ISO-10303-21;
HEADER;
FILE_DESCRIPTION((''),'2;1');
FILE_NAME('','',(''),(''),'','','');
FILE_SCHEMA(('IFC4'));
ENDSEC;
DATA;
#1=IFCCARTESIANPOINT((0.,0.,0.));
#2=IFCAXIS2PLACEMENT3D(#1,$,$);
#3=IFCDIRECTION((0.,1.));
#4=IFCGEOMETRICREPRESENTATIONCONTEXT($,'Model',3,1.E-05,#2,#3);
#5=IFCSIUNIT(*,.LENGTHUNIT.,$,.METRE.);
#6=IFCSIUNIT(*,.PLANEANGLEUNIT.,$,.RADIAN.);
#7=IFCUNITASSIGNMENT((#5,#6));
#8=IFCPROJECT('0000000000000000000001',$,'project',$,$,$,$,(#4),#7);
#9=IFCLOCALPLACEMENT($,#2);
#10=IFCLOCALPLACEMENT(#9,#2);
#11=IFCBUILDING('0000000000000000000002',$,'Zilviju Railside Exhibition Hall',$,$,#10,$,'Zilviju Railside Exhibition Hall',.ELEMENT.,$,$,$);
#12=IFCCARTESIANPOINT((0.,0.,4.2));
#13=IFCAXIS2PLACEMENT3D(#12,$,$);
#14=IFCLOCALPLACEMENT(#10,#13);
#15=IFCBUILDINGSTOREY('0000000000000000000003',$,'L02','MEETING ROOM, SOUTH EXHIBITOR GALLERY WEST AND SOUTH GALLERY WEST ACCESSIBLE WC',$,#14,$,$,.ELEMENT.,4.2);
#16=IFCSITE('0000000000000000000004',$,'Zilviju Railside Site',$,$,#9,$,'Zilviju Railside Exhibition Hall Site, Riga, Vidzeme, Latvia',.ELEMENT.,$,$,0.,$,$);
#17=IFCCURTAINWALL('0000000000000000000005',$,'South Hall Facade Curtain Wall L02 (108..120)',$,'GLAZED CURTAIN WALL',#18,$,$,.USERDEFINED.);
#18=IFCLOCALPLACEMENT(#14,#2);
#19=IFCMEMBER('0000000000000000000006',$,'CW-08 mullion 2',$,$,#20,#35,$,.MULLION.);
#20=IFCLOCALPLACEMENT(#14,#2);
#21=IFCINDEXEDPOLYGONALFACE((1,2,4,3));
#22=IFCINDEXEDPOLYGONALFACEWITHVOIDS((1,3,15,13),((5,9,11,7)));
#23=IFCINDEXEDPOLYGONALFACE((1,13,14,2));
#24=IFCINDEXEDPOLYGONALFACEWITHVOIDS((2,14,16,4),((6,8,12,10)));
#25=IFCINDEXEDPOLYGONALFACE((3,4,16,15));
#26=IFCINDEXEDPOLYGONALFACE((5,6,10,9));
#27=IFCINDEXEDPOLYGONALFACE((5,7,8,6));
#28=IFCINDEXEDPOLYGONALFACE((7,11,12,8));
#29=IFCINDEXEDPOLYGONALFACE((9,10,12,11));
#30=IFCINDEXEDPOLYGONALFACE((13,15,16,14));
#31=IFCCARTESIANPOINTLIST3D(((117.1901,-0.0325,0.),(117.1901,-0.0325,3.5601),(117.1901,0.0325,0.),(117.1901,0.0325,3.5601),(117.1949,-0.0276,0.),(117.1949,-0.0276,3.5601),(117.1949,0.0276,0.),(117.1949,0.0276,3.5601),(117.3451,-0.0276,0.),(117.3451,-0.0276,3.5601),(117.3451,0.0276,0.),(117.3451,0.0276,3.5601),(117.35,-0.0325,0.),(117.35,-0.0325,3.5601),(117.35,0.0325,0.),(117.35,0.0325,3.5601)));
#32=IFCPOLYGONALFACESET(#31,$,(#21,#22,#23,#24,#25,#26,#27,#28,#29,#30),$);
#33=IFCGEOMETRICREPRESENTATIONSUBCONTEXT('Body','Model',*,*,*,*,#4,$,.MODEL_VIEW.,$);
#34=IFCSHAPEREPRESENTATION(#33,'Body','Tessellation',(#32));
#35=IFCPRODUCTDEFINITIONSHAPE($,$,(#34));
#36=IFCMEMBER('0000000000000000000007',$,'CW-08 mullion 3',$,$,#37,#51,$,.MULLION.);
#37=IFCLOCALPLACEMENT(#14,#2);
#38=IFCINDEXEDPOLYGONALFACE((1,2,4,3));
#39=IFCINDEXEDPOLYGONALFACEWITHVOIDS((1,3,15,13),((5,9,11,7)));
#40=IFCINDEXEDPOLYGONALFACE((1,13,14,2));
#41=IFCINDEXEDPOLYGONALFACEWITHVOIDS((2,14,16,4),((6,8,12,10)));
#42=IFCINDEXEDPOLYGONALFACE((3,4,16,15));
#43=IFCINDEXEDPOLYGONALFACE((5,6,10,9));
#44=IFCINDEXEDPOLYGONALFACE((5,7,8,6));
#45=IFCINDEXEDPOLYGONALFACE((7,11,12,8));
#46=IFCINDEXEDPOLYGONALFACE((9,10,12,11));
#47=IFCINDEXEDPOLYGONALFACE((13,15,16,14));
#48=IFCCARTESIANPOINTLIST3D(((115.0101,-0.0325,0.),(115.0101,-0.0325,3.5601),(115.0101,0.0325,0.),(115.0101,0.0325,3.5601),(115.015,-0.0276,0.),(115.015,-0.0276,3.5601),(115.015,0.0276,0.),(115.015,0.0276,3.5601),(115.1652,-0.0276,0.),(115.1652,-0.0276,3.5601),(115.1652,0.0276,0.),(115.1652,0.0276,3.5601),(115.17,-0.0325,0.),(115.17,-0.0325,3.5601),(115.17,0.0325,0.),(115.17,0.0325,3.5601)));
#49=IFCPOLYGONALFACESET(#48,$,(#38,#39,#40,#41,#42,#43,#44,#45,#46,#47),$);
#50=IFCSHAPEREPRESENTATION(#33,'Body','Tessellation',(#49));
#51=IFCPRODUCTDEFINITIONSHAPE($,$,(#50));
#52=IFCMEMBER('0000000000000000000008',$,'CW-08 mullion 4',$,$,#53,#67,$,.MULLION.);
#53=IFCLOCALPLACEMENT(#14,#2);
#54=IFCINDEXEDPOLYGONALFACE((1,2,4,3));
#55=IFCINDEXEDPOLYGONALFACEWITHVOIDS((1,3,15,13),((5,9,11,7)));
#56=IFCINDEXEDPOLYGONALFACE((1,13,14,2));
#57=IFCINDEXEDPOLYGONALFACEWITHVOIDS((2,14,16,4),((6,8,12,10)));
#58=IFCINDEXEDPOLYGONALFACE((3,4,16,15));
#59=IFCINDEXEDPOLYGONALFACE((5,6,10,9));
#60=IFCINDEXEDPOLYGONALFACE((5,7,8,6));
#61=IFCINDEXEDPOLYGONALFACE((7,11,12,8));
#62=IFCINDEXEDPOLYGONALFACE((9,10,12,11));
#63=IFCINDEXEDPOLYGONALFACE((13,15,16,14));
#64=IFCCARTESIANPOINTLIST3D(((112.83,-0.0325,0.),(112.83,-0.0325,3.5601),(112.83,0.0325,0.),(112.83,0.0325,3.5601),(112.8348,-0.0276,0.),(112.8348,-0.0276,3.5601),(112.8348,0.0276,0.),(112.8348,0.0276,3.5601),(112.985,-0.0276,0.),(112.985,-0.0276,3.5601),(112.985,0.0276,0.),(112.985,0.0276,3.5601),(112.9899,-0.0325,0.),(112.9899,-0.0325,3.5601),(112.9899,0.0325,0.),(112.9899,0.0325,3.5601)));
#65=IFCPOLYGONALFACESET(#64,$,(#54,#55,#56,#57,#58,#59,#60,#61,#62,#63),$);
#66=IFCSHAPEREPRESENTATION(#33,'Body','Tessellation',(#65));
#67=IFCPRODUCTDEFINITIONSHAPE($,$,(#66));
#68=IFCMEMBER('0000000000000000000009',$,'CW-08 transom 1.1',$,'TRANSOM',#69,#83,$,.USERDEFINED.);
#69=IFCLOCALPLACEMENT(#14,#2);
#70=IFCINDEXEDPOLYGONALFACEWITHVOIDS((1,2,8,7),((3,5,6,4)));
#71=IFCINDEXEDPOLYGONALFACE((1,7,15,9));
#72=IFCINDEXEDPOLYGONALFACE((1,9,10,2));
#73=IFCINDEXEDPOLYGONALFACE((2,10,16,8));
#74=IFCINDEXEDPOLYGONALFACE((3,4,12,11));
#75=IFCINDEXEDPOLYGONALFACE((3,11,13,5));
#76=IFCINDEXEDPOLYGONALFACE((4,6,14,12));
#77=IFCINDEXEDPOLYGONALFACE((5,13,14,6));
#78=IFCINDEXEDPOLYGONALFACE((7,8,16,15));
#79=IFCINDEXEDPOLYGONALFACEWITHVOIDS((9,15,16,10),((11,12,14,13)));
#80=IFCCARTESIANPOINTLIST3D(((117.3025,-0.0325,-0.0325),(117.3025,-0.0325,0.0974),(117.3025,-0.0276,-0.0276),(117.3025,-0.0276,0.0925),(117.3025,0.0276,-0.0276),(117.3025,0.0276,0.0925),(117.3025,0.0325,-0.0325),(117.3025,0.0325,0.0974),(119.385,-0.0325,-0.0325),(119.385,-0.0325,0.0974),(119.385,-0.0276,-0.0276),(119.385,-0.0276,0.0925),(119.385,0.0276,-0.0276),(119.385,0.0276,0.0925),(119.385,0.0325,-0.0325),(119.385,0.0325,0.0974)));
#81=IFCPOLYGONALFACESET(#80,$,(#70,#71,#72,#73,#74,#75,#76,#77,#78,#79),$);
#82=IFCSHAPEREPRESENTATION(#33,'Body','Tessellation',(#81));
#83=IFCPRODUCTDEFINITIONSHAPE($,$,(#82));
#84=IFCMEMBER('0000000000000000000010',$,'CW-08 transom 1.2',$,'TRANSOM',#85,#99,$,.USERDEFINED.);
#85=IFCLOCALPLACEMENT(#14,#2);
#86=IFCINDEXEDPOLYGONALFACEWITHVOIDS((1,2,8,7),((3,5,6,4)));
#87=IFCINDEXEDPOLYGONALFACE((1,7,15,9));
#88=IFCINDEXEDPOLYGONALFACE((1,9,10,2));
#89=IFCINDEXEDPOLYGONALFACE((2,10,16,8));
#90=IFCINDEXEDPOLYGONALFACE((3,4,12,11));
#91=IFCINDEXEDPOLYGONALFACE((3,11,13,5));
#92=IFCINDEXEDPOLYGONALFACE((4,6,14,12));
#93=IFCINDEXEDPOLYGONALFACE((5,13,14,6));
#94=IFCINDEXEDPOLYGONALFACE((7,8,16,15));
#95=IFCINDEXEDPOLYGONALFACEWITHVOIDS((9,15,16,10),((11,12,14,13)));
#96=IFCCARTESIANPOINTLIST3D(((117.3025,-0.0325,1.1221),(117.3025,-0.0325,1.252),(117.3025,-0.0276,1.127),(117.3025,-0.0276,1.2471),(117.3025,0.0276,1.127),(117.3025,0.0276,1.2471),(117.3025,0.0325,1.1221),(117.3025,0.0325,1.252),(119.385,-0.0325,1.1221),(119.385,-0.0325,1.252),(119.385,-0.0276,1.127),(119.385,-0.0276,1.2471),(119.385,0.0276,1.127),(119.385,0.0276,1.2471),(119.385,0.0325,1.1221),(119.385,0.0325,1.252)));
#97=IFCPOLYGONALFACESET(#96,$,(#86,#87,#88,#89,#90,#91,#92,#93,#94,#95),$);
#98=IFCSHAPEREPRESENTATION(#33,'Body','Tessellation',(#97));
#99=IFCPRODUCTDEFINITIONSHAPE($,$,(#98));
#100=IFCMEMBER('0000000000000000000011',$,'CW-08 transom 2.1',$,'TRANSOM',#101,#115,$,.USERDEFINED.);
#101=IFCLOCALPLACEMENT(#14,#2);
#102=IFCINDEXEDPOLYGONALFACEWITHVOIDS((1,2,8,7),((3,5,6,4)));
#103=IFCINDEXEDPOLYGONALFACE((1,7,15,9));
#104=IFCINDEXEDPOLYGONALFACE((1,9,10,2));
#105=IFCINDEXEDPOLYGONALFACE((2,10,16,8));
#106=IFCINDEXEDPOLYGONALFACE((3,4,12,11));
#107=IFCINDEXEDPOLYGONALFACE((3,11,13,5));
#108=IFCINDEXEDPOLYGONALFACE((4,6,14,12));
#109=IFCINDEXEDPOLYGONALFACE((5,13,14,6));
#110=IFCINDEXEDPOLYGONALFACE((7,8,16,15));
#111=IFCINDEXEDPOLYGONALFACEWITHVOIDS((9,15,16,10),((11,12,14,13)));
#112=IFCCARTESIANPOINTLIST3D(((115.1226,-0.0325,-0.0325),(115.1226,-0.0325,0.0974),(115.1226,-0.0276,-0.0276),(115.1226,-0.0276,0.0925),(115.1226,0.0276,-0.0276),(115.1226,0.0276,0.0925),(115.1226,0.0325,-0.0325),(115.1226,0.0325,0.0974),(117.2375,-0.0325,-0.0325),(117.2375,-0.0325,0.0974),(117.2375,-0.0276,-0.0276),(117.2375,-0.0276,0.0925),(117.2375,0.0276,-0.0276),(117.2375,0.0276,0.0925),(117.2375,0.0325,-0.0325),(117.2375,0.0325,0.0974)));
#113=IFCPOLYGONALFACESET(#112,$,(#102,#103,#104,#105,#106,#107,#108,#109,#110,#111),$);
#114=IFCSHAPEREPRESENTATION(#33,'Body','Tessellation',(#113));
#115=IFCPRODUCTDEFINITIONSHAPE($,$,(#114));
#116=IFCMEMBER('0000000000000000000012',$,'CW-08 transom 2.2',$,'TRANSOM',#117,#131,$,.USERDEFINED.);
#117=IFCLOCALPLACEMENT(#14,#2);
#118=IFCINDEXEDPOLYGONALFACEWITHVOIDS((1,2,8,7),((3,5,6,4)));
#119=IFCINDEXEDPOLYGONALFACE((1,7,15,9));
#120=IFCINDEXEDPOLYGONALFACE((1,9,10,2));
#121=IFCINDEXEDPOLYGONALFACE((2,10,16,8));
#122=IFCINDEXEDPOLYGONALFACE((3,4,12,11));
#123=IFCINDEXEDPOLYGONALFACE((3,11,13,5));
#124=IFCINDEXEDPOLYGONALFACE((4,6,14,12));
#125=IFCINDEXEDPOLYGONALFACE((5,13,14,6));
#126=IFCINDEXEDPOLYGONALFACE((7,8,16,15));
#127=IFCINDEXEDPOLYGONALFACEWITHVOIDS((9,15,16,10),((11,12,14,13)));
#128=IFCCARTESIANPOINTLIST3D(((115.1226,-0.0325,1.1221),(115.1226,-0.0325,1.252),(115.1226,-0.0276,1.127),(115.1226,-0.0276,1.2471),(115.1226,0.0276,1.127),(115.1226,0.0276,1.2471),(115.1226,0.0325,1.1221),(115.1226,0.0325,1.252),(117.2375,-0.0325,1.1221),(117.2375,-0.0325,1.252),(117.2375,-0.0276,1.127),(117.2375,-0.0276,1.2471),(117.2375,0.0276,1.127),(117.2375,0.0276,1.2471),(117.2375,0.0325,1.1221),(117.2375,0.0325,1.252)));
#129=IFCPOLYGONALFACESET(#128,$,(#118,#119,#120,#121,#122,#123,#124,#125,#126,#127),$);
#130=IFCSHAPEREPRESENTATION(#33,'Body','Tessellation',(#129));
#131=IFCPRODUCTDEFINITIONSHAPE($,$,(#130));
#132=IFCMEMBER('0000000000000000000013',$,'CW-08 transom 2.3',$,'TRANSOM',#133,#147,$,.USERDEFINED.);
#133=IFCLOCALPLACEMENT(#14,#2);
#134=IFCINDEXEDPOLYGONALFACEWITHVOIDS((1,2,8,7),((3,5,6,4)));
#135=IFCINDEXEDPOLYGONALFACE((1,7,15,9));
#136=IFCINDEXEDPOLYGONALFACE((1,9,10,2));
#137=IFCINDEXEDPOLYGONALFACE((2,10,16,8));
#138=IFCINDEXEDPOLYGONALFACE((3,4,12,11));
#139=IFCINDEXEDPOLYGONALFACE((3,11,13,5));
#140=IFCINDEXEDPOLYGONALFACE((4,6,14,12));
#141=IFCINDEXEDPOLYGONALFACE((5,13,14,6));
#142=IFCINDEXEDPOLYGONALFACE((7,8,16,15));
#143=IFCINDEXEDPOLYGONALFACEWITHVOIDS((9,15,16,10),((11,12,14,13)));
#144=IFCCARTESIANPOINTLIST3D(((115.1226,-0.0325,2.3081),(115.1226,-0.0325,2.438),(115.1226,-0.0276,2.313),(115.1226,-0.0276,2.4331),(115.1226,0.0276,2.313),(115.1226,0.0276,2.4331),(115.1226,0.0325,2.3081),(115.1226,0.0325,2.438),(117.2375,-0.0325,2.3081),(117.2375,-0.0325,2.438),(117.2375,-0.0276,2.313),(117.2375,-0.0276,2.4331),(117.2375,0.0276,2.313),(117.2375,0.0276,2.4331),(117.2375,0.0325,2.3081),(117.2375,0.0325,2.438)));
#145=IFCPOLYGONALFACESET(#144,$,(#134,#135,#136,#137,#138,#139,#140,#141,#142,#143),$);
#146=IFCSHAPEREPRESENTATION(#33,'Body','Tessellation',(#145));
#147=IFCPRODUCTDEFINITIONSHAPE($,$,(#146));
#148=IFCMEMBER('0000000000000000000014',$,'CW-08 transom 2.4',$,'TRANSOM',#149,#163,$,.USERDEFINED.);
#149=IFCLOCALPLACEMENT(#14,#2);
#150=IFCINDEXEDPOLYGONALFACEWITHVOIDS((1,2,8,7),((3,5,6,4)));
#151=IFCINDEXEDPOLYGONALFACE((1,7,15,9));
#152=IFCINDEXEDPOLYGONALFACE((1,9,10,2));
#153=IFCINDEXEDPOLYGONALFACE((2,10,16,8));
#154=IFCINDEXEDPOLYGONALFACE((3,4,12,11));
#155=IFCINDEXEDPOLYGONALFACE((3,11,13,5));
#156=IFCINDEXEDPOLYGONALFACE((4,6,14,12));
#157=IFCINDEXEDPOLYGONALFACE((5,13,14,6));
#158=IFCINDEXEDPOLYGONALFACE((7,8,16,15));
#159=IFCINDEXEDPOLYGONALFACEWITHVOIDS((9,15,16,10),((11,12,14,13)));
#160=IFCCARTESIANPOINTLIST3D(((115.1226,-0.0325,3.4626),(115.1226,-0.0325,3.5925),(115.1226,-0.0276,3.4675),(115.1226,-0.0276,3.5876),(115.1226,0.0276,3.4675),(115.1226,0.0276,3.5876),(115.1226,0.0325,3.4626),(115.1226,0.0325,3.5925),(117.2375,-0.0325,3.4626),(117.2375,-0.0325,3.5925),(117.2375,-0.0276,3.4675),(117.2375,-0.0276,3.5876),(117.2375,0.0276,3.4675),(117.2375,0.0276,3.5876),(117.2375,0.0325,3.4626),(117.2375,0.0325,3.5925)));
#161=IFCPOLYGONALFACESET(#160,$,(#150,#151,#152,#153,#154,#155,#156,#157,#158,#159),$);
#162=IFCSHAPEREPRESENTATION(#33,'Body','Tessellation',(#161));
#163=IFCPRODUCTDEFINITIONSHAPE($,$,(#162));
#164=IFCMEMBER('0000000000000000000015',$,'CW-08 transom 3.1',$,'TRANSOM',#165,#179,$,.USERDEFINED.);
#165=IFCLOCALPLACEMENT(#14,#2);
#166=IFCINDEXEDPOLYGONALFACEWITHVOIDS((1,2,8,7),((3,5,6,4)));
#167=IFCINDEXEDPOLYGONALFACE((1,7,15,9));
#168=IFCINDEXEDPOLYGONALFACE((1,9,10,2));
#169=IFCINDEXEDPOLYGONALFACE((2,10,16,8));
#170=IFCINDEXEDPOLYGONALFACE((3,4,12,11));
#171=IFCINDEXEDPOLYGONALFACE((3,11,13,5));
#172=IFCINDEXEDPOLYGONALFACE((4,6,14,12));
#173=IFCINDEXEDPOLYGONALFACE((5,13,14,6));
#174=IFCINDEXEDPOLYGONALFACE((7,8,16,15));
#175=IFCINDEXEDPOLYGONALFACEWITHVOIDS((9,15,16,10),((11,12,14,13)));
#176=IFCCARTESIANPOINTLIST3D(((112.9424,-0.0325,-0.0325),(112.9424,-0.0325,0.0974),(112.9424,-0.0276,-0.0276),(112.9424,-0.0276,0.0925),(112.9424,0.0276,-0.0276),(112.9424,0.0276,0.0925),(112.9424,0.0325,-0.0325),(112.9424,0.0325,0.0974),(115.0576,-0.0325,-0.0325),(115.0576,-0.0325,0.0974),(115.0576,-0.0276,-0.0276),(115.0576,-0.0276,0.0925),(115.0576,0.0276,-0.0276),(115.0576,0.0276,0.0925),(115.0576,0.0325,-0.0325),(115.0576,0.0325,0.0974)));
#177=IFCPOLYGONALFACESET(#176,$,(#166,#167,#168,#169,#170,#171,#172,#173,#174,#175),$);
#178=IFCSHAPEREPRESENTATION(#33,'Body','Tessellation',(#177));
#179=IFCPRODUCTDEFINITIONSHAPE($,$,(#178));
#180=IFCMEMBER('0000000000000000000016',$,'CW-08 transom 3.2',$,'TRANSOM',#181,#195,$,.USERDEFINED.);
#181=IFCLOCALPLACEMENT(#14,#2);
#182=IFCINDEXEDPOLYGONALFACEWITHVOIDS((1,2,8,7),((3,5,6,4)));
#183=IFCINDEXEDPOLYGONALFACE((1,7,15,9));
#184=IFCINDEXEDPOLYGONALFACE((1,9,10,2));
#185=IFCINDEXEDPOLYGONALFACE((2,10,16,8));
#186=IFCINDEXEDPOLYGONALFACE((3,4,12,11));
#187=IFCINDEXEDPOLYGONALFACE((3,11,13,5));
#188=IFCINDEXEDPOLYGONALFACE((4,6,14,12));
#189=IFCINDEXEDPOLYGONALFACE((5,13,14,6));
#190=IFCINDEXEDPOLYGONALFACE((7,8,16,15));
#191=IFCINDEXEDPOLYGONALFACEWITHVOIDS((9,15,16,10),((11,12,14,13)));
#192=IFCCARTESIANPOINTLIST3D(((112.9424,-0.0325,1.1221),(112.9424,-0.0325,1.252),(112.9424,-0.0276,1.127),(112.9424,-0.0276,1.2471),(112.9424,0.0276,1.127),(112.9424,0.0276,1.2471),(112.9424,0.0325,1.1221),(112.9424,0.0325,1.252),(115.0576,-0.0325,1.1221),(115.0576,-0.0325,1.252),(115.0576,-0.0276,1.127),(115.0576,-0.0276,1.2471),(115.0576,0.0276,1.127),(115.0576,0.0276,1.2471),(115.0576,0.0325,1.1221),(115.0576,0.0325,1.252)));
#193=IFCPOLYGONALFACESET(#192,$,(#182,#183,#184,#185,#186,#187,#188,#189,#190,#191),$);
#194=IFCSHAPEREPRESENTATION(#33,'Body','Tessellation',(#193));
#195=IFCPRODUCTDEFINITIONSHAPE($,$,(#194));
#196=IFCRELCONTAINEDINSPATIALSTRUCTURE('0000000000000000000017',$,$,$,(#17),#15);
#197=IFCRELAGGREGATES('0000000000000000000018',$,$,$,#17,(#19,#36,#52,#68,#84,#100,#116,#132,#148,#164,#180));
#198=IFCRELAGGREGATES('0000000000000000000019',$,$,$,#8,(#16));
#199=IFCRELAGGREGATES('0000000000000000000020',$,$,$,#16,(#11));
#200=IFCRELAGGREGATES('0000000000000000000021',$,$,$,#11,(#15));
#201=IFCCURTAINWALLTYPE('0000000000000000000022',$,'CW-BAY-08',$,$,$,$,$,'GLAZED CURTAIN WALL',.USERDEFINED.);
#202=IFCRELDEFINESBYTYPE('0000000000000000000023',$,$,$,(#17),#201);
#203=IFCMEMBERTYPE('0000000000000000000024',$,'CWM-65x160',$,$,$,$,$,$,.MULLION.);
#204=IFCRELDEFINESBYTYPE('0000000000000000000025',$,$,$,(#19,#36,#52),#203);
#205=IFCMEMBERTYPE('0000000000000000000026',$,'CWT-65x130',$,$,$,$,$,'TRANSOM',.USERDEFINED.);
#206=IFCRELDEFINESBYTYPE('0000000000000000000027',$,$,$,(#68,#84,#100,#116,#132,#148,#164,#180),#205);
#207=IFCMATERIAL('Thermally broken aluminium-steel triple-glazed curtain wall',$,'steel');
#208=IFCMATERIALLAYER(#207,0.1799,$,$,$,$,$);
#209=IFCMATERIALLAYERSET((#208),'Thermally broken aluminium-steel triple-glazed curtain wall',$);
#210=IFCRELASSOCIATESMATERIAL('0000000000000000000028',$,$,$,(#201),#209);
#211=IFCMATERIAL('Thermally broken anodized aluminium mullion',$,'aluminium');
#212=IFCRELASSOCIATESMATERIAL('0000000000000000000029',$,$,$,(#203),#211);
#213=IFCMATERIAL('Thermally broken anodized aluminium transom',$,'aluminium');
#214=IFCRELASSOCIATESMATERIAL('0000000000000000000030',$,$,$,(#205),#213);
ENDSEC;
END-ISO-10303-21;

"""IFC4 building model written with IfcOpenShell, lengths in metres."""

from ifc_helpers import new_model, si_unit, direction, frame, origin, origin_2d, place, context, subcontext, project, spatial, hollow_rectangle, extrude, material, layer, layer_set, material_profile, profile_set, type_object, element, aggregate, save


model = new_model("IFC4")

# Units and contexts
model_context = context("Model", 3, precision=1e-05, world=origin(), true_north=direction((0.0, 1.0)))
body_context = subcontext(model_context, "Body", "Model", "MODEL_VIEW")
ifc_project = project(units=[si_unit("LENGTHUNIT", "METRE"), si_unit("PLANEANGLEUNIT", "RADIAN")], contexts=[model_context])

# Site, building, storey
site_placement = place(None, origin())
site = spatial("IfcSite", under=ifc_project, at=site_placement, Name="Zilviju Railside Site", LongName="Zilviju Railside Exhibition Hall Site, Riga, Vidzeme, Latvia", CompositionType="ELEMENT", RefElevation=0.0)
building_placement = place(site_placement, origin())
building = spatial("IfcBuilding", under=site, at=building_placement, Name="Zilviju Railside Exhibition Hall", LongName="Zilviju Railside Exhibition Hall", CompositionType="ELEMENT")
storey_placement = place(building_placement, frame((0.0, 0.0, 4.2)))
storey = spatial("IfcBuildingStorey", under=building, at=storey_placement, Name="L02", Description="MEETING ROOM, SOUTH EXHIBITOR GALLERY WEST AND SOUTH GALLERY WEST ACCESSIBLE WC", CompositionType="ELEMENT", Elevation=4.2)

# Curtain wall, members
ifc_material_1 = material(Name="Thermally broken aluminium-steel triple-glazed curtain wall", Category="steel")
ifc_layer_1 = layer(ifc_material_1, 0.1799)
ifc_layer_set_1 = layer_set([ifc_layer_1], Name="Thermally broken aluminium-steel triple-glazed curtain wall")
curtain_wall_type = type_object("IfcCurtainWallType", Name="CW-BAY-08", ElementType="GLAZED CURTAIN WALL", PredefinedType="USERDEFINED", material=ifc_layer_set_1)
curtain_wall_placement = place(storey_placement, origin())
curtain_wall = element("IfcCurtainWall", 1, at=curtain_wall_placement, inside=storey, type_object=curtain_wall_type, Name="South Hall Facade Curtain Wall L02 (108..120)", ObjectType="GLAZED CURTAIN WALL", PredefinedType="USERDEFINED")
ifc_material_2 = material(Name="Thermally broken anodized aluminium mullion", Category="aluminium")
ifc_material_profile_1 = material_profile(ifc_material_2, hollow_rectangle(XDim=0.0649, YDim=0.1599, WallThickness=0.0049, at=origin_2d()), Name="MULLION 160x65x5")
ifc_profile_set_1 = profile_set([ifc_material_profile_1], Name="Thermally broken anodized aluminium mullion")
member_type_1 = type_object("IfcMemberType", Name="CWM-65x160", PredefinedType="MULLION", material=ifc_profile_set_1)
member_1_placement = place(storey_placement, frame((117.27, 0.0, 0.0), z_axis=(0.0, 0.0, 1.0), x_axis=(0.0, -1.0, 0.0)))
member_1 = element("IfcMember", 2, at=member_1_placement, type_object=member_type_1, Name="CW-08 mullion 2", PredefinedType="MULLION", context=body_context, shape_type="SweptSolid", body=[
    extrude(hollow_rectangle(XDim=0.0649, YDim=0.1599, WallThickness=0.0049, at=origin_2d()), origin(), (0.0, 0.0, 1.0), 3.5601),
])
member_2_placement = place(storey_placement, frame((115.0901, 0.0, 0.0), z_axis=(0.0, 0.0, 1.0), x_axis=(0.0, -1.0, 0.0)))
member_2 = element("IfcMember", 3, at=member_2_placement, type_object=member_type_1, Name="CW-08 mullion 3", PredefinedType="MULLION", context=body_context, shape_type="SweptSolid", body=[
    extrude(hollow_rectangle(XDim=0.0649, YDim=0.1599, WallThickness=0.0049, at=origin_2d()), origin(), (0.0, 0.0, 1.0), 3.5601),
])
member_3_placement = place(storey_placement, frame((112.9099, 0.0, 0.0), z_axis=(0.0, 0.0, 1.0), x_axis=(0.0, -1.0, 0.0)))
member_3 = element("IfcMember", 4, at=member_3_placement, type_object=member_type_1, Name="CW-08 mullion 4", PredefinedType="MULLION", context=body_context, shape_type="SweptSolid", body=[
    extrude(hollow_rectangle(XDim=0.0649, YDim=0.1599, WallThickness=0.0049, at=origin_2d()), origin(), (0.0, 0.0, 1.0), 3.5601),
])
ifc_material_3 = material(Name="Thermally broken anodized aluminium transom", Category="aluminium")
ifc_material_profile_2 = material_profile(ifc_material_3, hollow_rectangle(XDim=0.0649, YDim=0.1299, WallThickness=0.0049, at=origin_2d()), Name="TRANSOM 130x65x5")
ifc_profile_set_2 = profile_set([ifc_material_profile_2], Name="Thermally broken anodized aluminium transom")
member_type_2 = type_object("IfcMemberType", Name="CWT-65x130", ElementType="TRANSOM", PredefinedType="USERDEFINED", material=ifc_profile_set_2)
member_4_placement = place(storey_placement, frame((119.385, 0.0, 0.0325), z_axis=(-1.0, 0.0, 0.0), x_axis=(0.0, -1.0, 0.0)))
member_4 = element("IfcMember", 5, at=member_4_placement, type_object=member_type_2, Name="CW-08 transom 1.1", ObjectType="TRANSOM", PredefinedType="USERDEFINED", context=body_context, shape_type="SweptSolid", body=[
    extrude(hollow_rectangle(XDim=0.0649, YDim=0.1299, WallThickness=0.0049, at=origin_2d()), origin(), (0.0, 0.0, 1.0), 2.0825),
])
member_5_placement = place(storey_placement, frame((119.385, 0.0, 1.187), z_axis=(-1.0, 0.0, 0.0), x_axis=(0.0, -1.0, 0.0)))
member_5 = element("IfcMember", 6, at=member_5_placement, type_object=member_type_2, Name="CW-08 transom 1.2", ObjectType="TRANSOM", PredefinedType="USERDEFINED", context=body_context, shape_type="SweptSolid", body=[
    extrude(hollow_rectangle(XDim=0.0649, YDim=0.1299, WallThickness=0.0049, at=origin_2d()), origin(), (0.0, 0.0, 1.0), 2.0825),
])
member_6_placement = place(storey_placement, frame((117.2375, 0.0, 0.0325), z_axis=(-1.0, 0.0, 0.0), x_axis=(0.0, -1.0, 0.0)))
member_6 = element("IfcMember", 7, at=member_6_placement, type_object=member_type_2, Name="CW-08 transom 2.1", ObjectType="TRANSOM", PredefinedType="USERDEFINED", context=body_context, shape_type="SweptSolid", body=[
    extrude(hollow_rectangle(XDim=0.0649, YDim=0.1299, WallThickness=0.0049, at=origin_2d()), origin(), (0.0, 0.0, 1.0), 2.115),
])
member_7_placement = place(storey_placement, frame((117.2375, 0.0, 1.187), z_axis=(-1.0, 0.0, 0.0), x_axis=(0.0, -1.0, 0.0)))
member_7 = element("IfcMember", 8, at=member_7_placement, type_object=member_type_2, Name="CW-08 transom 2.2", ObjectType="TRANSOM", PredefinedType="USERDEFINED", context=body_context, shape_type="SweptSolid", body=[
    extrude(hollow_rectangle(XDim=0.0649, YDim=0.1299, WallThickness=0.0049, at=origin_2d()), origin(), (0.0, 0.0, 1.0), 2.115),
])
member_8_placement = place(storey_placement, frame((117.2375, 0.0, 2.373), z_axis=(-1.0, 0.0, 0.0), x_axis=(0.0, -1.0, 0.0)))
member_8 = element("IfcMember", 9, at=member_8_placement, type_object=member_type_2, Name="CW-08 transom 2.3", ObjectType="TRANSOM", PredefinedType="USERDEFINED", context=body_context, shape_type="SweptSolid", body=[
    extrude(hollow_rectangle(XDim=0.0649, YDim=0.1299, WallThickness=0.0049, at=origin_2d()), origin(), (0.0, 0.0, 1.0), 2.115),
])
member_9_placement = place(storey_placement, frame((117.2375, 0.0, 3.5276), z_axis=(-1.0, 0.0, 0.0), x_axis=(0.0, -1.0, 0.0)))
member_9 = element("IfcMember", 10, at=member_9_placement, type_object=member_type_2, Name="CW-08 transom 2.4", ObjectType="TRANSOM", PredefinedType="USERDEFINED", context=body_context, shape_type="SweptSolid", body=[
    extrude(hollow_rectangle(XDim=0.0649, YDim=0.1299, WallThickness=0.0049, at=origin_2d()), origin(), (0.0, 0.0, 1.0), 2.115),
])
member_10_placement = place(storey_placement, frame((115.0576, 0.0, 0.0325), z_axis=(-1.0, 0.0, 0.0), x_axis=(0.0, -1.0, 0.0)))
member_10 = element("IfcMember", 11, at=member_10_placement, type_object=member_type_2, Name="CW-08 transom 3.1", ObjectType="TRANSOM", PredefinedType="USERDEFINED", context=body_context, shape_type="SweptSolid", body=[
    extrude(hollow_rectangle(XDim=0.0649, YDim=0.1299, WallThickness=0.0049, at=origin_2d()), origin(), (0.0, 0.0, 1.0), 2.1152),
])
member_11_placement = place(storey_placement, frame((115.0576, 0.0, 1.187), z_axis=(-1.0, 0.0, 0.0), x_axis=(0.0, -1.0, 0.0)))
member_11 = element("IfcMember", 12, at=member_11_placement, type_object=member_type_2, Name="CW-08 transom 3.2", ObjectType="TRANSOM", PredefinedType="USERDEFINED", context=body_context, shape_type="SweptSolid", body=[
    extrude(hollow_rectangle(XDim=0.0649, YDim=0.1299, WallThickness=0.0049, at=origin_2d()), origin(), (0.0, 0.0, 1.0), 2.1152),
])
aggregate(curtain_wall, [member_1, member_2, member_3, member_4, member_5, member_6, member_7, member_8, member_9, member_10, member_11])

save(model, "model.ifc")
